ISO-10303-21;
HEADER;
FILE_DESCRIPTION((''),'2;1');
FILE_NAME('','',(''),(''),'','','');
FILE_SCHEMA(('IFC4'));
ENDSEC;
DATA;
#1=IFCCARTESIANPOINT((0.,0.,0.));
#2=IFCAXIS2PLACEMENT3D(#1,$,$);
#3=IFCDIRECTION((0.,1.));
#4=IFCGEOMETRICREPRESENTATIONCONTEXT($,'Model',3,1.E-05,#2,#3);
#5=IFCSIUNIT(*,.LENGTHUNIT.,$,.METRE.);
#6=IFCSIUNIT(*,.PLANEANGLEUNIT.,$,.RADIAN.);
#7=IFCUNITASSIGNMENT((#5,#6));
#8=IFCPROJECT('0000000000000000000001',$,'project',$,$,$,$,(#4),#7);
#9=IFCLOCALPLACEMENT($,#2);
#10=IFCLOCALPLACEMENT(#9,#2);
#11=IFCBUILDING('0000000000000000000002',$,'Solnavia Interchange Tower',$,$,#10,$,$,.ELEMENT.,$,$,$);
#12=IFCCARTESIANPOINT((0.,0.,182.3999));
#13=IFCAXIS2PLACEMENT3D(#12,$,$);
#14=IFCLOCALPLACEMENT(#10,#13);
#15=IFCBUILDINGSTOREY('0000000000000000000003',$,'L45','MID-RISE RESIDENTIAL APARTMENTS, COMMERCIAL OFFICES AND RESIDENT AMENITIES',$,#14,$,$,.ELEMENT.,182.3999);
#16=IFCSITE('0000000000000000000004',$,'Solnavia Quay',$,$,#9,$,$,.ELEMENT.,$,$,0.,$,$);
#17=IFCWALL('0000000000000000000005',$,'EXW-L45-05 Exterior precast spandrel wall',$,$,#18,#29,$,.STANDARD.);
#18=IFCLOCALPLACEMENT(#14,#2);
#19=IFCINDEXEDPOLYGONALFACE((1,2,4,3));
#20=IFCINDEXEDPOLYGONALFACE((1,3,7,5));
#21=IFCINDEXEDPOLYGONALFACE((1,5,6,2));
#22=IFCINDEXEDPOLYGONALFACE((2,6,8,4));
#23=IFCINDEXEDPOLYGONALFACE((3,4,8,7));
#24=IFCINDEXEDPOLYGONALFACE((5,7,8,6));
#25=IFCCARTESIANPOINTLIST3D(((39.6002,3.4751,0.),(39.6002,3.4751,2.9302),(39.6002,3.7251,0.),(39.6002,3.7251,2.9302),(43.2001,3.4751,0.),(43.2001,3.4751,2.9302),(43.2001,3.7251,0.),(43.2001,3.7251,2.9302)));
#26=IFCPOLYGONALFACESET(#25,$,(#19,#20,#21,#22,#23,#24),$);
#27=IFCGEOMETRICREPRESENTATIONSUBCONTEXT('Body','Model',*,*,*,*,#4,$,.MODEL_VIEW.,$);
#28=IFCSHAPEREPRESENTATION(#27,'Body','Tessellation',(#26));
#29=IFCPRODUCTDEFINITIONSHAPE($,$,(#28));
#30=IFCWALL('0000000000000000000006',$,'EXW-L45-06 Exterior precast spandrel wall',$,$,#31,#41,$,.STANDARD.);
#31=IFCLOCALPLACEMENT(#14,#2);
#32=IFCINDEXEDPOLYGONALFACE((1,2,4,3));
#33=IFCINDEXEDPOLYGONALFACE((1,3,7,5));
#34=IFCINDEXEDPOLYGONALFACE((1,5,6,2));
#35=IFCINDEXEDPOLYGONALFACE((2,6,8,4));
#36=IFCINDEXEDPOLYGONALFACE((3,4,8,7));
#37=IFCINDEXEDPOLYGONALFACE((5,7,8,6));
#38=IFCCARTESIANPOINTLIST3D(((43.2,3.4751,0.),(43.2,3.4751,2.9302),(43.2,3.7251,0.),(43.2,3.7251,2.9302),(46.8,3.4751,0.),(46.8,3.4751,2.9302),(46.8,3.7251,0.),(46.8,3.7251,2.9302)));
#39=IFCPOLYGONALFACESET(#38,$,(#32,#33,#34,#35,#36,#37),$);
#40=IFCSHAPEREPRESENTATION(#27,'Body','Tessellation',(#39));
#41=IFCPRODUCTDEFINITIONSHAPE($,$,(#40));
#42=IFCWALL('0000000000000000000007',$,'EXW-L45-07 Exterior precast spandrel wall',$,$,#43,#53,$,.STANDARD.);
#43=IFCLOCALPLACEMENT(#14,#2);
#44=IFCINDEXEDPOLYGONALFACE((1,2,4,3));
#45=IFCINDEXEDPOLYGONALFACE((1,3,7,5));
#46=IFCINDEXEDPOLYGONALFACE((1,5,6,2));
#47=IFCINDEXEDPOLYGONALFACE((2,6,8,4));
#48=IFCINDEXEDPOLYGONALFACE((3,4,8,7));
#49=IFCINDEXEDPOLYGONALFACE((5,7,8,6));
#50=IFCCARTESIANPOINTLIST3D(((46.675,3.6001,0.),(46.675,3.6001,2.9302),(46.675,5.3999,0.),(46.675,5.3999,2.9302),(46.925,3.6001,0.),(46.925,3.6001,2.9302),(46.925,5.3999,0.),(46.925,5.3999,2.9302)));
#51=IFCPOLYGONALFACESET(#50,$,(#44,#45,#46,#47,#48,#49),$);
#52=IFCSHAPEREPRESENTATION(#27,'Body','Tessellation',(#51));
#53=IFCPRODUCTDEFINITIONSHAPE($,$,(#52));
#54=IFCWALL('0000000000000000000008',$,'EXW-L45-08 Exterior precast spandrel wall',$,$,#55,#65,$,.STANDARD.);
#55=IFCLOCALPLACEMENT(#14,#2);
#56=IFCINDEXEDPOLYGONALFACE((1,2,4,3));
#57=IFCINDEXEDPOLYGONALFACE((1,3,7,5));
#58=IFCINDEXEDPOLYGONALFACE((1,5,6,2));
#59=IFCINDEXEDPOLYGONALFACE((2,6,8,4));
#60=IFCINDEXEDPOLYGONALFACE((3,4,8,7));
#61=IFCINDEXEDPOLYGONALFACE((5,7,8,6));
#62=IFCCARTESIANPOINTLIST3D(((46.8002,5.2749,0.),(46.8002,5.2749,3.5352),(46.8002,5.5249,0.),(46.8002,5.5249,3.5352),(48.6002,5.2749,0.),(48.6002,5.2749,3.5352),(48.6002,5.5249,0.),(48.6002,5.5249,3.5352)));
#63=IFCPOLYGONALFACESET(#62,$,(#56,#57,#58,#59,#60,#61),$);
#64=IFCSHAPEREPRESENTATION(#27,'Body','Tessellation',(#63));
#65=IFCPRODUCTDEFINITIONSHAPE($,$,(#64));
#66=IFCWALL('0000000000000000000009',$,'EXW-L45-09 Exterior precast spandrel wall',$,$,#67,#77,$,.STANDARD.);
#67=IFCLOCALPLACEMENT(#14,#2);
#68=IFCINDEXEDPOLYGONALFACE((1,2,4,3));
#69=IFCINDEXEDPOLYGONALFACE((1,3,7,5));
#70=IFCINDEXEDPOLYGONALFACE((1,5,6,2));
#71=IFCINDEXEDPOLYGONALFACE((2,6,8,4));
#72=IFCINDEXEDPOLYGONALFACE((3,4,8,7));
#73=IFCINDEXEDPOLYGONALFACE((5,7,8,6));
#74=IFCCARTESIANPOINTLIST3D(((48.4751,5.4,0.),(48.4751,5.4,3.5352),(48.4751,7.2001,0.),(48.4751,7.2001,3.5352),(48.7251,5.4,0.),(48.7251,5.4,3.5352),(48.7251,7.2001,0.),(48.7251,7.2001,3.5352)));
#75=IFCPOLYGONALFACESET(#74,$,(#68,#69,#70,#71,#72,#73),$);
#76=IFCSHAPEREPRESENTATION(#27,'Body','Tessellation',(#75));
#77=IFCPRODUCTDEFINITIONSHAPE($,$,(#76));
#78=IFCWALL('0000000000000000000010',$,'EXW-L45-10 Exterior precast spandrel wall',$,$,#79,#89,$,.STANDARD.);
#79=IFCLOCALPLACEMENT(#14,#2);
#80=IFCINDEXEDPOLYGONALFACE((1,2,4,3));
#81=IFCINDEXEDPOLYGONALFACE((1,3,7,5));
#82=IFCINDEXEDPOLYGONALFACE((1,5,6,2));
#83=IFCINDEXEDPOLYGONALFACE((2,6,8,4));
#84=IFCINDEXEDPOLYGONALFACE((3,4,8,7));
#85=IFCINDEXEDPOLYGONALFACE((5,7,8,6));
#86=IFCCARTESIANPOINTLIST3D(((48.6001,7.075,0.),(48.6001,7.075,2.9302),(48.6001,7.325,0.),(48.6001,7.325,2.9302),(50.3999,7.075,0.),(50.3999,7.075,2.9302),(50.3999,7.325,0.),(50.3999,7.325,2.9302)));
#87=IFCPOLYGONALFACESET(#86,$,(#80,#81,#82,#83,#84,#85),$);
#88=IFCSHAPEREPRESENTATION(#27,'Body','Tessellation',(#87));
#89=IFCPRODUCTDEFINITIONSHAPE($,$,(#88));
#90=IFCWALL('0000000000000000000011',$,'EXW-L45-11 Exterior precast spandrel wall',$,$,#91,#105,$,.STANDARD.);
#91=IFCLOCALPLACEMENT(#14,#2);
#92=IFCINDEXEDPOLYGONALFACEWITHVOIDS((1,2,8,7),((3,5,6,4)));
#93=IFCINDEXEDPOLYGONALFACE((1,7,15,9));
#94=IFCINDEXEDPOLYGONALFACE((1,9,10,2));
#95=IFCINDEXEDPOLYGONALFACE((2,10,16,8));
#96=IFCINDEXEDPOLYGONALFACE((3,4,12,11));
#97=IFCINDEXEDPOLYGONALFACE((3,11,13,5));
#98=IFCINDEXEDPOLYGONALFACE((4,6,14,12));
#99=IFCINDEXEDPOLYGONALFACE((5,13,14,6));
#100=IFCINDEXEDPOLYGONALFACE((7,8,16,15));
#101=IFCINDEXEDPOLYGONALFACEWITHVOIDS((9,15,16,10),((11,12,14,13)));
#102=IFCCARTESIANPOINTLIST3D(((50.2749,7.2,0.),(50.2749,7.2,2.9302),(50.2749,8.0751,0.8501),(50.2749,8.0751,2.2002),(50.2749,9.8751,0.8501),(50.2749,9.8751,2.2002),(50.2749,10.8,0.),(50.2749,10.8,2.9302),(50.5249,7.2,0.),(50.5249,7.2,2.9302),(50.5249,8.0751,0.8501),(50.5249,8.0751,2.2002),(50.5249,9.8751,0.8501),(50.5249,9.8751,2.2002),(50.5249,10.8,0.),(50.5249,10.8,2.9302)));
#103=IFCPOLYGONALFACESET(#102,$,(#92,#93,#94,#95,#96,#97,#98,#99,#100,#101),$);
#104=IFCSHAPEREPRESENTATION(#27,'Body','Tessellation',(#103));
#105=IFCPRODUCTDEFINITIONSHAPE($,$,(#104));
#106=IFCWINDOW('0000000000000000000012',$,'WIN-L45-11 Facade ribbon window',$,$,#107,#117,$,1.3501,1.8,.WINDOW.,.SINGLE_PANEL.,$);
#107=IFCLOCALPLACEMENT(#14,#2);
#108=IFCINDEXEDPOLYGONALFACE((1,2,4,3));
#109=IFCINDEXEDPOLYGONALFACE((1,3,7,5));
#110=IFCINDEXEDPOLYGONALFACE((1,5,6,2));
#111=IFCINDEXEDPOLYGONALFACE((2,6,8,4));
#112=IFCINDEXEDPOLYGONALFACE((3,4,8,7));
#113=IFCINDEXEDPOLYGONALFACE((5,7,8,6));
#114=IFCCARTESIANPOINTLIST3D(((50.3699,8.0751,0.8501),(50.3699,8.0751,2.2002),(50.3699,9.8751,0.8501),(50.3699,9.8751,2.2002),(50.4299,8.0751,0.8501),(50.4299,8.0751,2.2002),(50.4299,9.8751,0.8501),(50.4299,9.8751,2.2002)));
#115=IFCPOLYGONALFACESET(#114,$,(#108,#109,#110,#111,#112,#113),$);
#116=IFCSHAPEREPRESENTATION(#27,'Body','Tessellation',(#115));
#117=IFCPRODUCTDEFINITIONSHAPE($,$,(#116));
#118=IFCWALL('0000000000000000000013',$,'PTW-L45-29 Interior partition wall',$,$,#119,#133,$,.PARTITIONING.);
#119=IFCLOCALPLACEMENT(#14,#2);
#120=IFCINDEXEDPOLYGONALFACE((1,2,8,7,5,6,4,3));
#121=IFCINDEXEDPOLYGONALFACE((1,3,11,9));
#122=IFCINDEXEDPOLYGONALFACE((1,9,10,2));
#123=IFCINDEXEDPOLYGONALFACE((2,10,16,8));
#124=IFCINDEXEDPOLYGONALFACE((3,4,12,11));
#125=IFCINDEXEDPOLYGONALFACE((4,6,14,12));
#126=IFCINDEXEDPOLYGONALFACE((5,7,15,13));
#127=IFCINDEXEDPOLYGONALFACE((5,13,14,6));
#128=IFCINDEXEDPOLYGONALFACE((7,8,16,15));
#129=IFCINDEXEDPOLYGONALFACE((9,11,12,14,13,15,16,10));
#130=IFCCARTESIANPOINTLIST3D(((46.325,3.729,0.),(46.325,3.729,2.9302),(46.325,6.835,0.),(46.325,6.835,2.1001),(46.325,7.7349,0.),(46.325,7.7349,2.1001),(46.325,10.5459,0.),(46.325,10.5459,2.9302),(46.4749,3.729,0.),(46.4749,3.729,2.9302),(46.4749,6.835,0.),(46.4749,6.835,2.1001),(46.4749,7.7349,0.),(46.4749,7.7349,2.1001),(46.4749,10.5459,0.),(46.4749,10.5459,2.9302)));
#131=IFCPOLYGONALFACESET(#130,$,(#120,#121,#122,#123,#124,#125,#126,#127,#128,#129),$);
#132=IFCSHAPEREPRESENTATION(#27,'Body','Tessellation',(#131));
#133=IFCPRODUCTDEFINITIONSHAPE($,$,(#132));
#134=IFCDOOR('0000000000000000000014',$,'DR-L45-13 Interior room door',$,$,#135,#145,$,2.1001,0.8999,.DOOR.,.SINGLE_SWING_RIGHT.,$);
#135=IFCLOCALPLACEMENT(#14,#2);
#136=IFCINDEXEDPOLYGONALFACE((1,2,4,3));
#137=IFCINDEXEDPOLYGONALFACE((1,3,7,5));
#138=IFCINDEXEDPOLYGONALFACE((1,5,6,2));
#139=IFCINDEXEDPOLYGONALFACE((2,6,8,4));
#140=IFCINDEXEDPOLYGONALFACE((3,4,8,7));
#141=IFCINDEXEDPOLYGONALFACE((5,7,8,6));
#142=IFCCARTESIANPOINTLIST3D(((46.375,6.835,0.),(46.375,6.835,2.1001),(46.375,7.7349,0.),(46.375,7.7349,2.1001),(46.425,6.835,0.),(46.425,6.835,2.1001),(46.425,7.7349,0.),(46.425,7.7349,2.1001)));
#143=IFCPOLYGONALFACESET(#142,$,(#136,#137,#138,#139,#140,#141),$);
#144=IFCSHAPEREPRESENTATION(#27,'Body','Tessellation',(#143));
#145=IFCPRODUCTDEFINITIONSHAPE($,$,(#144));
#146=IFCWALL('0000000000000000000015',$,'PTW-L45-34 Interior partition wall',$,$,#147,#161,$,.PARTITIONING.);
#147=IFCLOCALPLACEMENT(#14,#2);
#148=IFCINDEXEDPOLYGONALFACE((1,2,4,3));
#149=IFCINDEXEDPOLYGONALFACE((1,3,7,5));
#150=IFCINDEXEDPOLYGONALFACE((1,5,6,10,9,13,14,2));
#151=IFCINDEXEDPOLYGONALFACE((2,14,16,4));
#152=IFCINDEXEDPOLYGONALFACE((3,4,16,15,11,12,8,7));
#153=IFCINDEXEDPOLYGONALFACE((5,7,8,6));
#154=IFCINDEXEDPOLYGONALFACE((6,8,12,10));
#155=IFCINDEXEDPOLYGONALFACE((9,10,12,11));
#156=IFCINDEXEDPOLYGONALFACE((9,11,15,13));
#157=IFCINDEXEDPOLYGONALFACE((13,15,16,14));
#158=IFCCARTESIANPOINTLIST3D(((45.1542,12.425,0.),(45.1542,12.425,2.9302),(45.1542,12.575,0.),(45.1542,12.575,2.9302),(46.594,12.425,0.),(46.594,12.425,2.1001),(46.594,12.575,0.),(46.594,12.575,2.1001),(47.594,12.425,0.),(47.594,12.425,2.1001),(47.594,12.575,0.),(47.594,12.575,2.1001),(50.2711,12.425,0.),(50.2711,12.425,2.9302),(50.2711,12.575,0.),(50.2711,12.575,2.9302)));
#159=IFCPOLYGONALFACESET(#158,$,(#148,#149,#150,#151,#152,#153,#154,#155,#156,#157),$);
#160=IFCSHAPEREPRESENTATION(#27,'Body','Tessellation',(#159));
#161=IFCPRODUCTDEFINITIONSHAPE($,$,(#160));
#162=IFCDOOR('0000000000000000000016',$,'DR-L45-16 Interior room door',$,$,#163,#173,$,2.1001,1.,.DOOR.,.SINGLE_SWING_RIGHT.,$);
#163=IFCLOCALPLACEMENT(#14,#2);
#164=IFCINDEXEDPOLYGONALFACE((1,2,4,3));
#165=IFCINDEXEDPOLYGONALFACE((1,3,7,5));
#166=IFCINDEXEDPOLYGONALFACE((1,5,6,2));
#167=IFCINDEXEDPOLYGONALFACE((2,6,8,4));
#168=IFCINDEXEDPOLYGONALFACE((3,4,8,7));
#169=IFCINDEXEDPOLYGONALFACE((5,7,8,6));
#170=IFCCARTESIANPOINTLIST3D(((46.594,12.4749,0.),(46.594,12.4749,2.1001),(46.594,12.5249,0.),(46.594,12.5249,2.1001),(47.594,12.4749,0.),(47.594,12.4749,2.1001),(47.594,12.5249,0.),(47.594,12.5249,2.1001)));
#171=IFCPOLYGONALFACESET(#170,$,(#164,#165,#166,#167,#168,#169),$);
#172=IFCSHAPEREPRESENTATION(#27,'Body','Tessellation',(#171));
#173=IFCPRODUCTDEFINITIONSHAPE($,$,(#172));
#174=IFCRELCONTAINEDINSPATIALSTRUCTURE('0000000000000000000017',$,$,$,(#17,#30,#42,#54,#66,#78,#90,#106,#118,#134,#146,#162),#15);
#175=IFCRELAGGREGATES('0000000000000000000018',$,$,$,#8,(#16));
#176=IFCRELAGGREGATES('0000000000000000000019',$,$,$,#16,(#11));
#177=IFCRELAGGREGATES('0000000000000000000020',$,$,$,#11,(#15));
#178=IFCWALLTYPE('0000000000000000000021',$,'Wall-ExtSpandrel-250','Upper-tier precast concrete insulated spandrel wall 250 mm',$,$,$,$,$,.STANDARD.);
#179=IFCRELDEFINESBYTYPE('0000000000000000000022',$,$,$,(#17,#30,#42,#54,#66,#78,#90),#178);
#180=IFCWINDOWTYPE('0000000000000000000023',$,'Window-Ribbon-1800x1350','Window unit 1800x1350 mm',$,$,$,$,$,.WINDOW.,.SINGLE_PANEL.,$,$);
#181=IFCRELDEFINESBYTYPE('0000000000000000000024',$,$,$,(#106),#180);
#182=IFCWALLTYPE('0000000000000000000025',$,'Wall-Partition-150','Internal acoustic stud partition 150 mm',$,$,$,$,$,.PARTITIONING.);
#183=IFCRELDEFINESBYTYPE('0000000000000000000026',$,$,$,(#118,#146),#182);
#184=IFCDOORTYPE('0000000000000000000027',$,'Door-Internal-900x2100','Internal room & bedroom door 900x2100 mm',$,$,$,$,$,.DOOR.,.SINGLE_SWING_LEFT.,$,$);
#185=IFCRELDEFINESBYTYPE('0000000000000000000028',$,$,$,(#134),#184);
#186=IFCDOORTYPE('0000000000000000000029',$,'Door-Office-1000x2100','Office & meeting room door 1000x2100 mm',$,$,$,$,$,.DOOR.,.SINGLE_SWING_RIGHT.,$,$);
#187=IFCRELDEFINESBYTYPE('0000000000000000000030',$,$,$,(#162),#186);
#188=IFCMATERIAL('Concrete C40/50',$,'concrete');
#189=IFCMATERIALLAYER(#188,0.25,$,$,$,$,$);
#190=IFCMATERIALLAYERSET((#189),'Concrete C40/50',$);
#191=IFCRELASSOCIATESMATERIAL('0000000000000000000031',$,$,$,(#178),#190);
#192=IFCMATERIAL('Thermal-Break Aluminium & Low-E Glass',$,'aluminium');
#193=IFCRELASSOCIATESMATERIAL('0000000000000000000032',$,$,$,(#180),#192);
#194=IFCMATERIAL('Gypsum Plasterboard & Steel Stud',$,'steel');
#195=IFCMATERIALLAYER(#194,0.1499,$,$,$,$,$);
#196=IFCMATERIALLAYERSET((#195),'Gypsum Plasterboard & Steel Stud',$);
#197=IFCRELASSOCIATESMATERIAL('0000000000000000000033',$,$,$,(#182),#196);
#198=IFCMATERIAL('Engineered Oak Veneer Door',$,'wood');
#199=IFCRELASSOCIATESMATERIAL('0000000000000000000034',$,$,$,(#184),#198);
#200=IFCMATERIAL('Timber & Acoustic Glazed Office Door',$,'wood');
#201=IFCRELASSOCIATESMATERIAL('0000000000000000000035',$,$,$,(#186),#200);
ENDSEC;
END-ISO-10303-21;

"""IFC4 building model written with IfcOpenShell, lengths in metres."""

from ifc_helpers import new_model, si_unit, direction, frame, frame_2d, origin, place, context, subcontext, project, spatial, rectangle, extrude, material, layer, layer_set, type_object, element, fill, save


model = new_model("IFC4")

# Units and contexts
model_context = context("Model", 3, precision=1e-05, world=origin(), true_north=direction((0.0, 1.0)))
body_context = subcontext(model_context, "Body", "Model", "MODEL_VIEW")
ifc_project = project(units=[si_unit("LENGTHUNIT", "METRE"), si_unit("PLANEANGLEUNIT", "RADIAN")], contexts=[model_context])

# Site, building, storey
site_placement = place(None, origin())
site = spatial("IfcSite", under=ifc_project, at=site_placement, Name="Solnavia Quay", CompositionType="ELEMENT", RefElevation=0.0)
building_placement = place(site_placement, origin())
building = spatial("IfcBuilding", under=site, at=building_placement, Name="Solnavia Interchange Tower", CompositionType="ELEMENT")
storey_placement = place(building_placement, frame((0.0, 0.0, 182.3999)))
storey = spatial("IfcBuildingStorey", under=building, at=storey_placement, Name="L45", Description="MID-RISE RESIDENTIAL APARTMENTS, COMMERCIAL OFFICES AND RESIDENT AMENITIES", CompositionType="ELEMENT", Elevation=182.3999)

# Walls
ifc_material_1 = material(Name="Concrete C40/50", Category="concrete")
ifc_layer_1 = layer(ifc_material_1, 0.25)
ifc_layer_set_1 = layer_set([ifc_layer_1], Name="Concrete C40/50")
wall_type_1 = type_object("IfcWallType", Name="Wall-ExtSpandrel-250", Description="Upper-tier precast concrete insulated spandrel wall 250 mm", PredefinedType="STANDARD", material=ifc_layer_set_1)
wall_1_placement = place(storey_placement, frame((43.2, 3.6001, 0.0), z_axis=(0.0, 0.0, 1.0), x_axis=(-1.0, 0.0, 0.0)))
element("IfcWall", 1, at=wall_1_placement, inside=storey, type_object=wall_type_1, Name="EXW-L45-05 Exterior precast spandrel wall", PredefinedType="STANDARD", context=body_context, shape_type="SweptSolid", body=[
    extrude(rectangle(XDim=3.5999, YDim=0.25, at=frame_2d((1.7998, 0.0))), origin(), (0.0, 0.0, 1.0), 2.9302),
])
wall_2_placement = place(storey_placement, frame((46.8, 3.6001, 0.0), z_axis=(0.0, 0.0, 1.0), x_axis=(-1.0, 0.0, 0.0)))
element("IfcWall", 2, at=wall_2_placement, inside=storey, type_object=wall_type_1, Name="EXW-L45-06 Exterior precast spandrel wall", PredefinedType="STANDARD", context=body_context, shape_type="SweptSolid", body=[
    extrude(rectangle(XDim=3.6001, YDim=0.25, at=frame_2d((1.8, 0.0))), origin(), (0.0, 0.0, 1.0), 2.9302),
])
wall_3_placement = place(storey_placement, frame((46.8, 5.3999, 0.0), z_axis=(0.0, 0.0, 1.0), x_axis=(0.0, -1.0, 0.0)))
element("IfcWall", 3, at=wall_3_placement, inside=storey, type_object=wall_type_1, Name="EXW-L45-07 Exterior precast spandrel wall", PredefinedType="STANDARD", context=body_context, shape_type="SweptSolid", body=[
    extrude(rectangle(XDim=1.7998, YDim=0.25, at=frame_2d((0.8999, 0.0))), origin(), (0.0, 0.0, 1.0), 2.9302),
])
for number, where, z_axis, x_axis, name in (
    (4, (48.6001, 5.3999, 0.0), (0.0, 0.0, 1.0), (-1.0, 0.0, 0.0), "EXW-L45-08 Exterior precast spandrel wall"),
    (5, (48.6001, 7.2, 0.0), (0.0, 0.0, 1.0), (0.0, -1.0, 0.0), "EXW-L45-09 Exterior precast spandrel wall"),
):
    element("IfcWall", number, at=place(storey_placement, frame(where, z_axis=z_axis, x_axis=x_axis)), inside=storey, type_object=wall_type_1, Name=name, PredefinedType="STANDARD", context=body_context, shape_type="SweptSolid", body=[
        extrude(rectangle(XDim=1.8, YDim=0.25, at=frame_2d((0.8999, 0.0))), origin(), (0.0, 0.0, 1.0), 3.5352),
    ])
wall_4_placement = place(storey_placement, frame((50.3999, 7.2, 0.0), z_axis=(0.0, 0.0, 1.0), x_axis=(-1.0, 0.0, 0.0)))
element("IfcWall", 6, at=wall_4_placement, inside=storey, type_object=wall_type_1, Name="EXW-L45-10 Exterior precast spandrel wall", PredefinedType="STANDARD", context=body_context, shape_type="SweptSolid", body=[
    extrude(rectangle(XDim=1.7998, YDim=0.25, at=frame_2d((0.8999, 0.0))), origin(), (0.0, 0.0, 1.0), 2.9302),
])

# Wall, opening, window
wall_5_placement = place(storey_placement, frame((50.3999, 10.8, 0.0), z_axis=(0.0, 0.0, 1.0), x_axis=(0.0, -1.0, 0.0)))
wall_5 = element("IfcWall", 7, at=wall_5_placement, inside=storey, type_object=wall_type_1, Name="EXW-L45-11 Exterior precast spandrel wall", PredefinedType="STANDARD", context=body_context, shape_type="SweptSolid", body=[
    extrude(rectangle(XDim=3.6001, YDim=0.25, at=frame_2d((1.8, 0.0))), origin(), (0.0, 0.0, 1.0), 2.9302),
])
opening_1_placement = place(wall_5_placement, frame((0.925, 0.0, 0.8501)))
opening_1 = element("IfcOpeningElement", 8, at=opening_1_placement, cuts=wall_5, PredefinedType="OPENING", context=body_context, shape_type="SweptSolid", body=[
    extrude(rectangle(XDim=1.8, YDim=1.3501, at=frame_2d((0.8999, 0.675))), frame((0.0, 0.135, 0.0), z_axis=(0.0, -1.0, 0.0), x_axis=(1.0, 0.0, 0.0)), (0.0, 0.0, 1.0), 0.27),
])
ifc_material_2 = material(Name="Thermal-Break Aluminium & Low-E Glass", Category="aluminium")
window_type = type_object("IfcWindowType", Name="Window-Ribbon-1800x1350", Description="Window unit 1800x1350 mm", PartitioningType="SINGLE_PANEL", PredefinedType="WINDOW", material=ifc_material_2)
window_placement = place(opening_1_placement, origin())
window = element("IfcWindow", 9, at=window_placement, inside=storey, type_object=window_type, Name="WIN-L45-11 Facade ribbon window", OverallHeight=1.3501, OverallWidth=1.8, PartitioningType="SINGLE_PANEL", PredefinedType="WINDOW", context=body_context, shape_type="SweptSolid", body=[
    extrude(rectangle(XDim=1.8, YDim=1.3501, at=frame_2d((0.8999, 0.675))), frame((0.0, 0.03, 0.0), z_axis=(0.0, -1.0, 0.0), x_axis=(1.0, 0.0, 0.0)), (0.0, 0.0, 1.0), 0.0601),
])
fill(opening_1, window)

# Walls, openings, doors
ifc_material_3 = material(Name="Gypsum Plasterboard & Steel Stud", Category="steel")
ifc_layer_2 = layer(ifc_material_3, 0.1499)
ifc_layer_set_2 = layer_set([ifc_layer_2], Name="Gypsum Plasterboard & Steel Stud")
wall_type_2 = type_object("IfcWallType", Name="Wall-Partition-150", Description="Internal acoustic stud partition 150 mm", PredefinedType="PARTITIONING", material=ifc_layer_set_2)
wall_6_placement = place(storey_placement, frame((46.3999, 3.729, 0.0), z_axis=(0.0, 0.0, 1.0), x_axis=(0.0, 1.0, 0.0)))
wall_6 = element("IfcWall", 10, at=wall_6_placement, inside=storey, type_object=wall_type_2, Name="PTW-L45-29 Interior partition wall", PredefinedType="PARTITIONING", context=body_context, shape_type="SweptSolid", body=[
    extrude(rectangle(XDim=6.8169, YDim=0.1499, at=frame_2d((3.4084, 0.0))), origin(), (0.0, 0.0, 1.0), 2.9302),
])
opening_2_placement = place(wall_6_placement, frame((3.106, 0.0, 0.0)))
opening_2 = element("IfcOpeningElement", 11, at=opening_2_placement, cuts=wall_6, PredefinedType="OPENING", context=body_context, shape_type="SweptSolid", body=[
    extrude(rectangle(XDim=0.8999, YDim=2.1001, at=frame_2d((0.45, 1.05))), frame((0.0, 0.085, 0.0), z_axis=(0.0, -1.0, 0.0), x_axis=(1.0, 0.0, 0.0)), (0.0, 0.0, 1.0), 0.1699),
])
ifc_material_4 = material(Name="Engineered Oak Veneer Door", Category="wood")
door_type_1 = type_object("IfcDoorType", Name="Door-Internal-900x2100", Description="Internal room & bedroom door 900x2100 mm", OperationType="SINGLE_SWING_LEFT", PredefinedType="DOOR", material=ifc_material_4)
door_1_placement = place(opening_2_placement, origin())
door_1 = element("IfcDoor", 12, at=door_1_placement, inside=storey, type_object=door_type_1, Name="DR-L45-13 Interior room door", OperationType="SINGLE_SWING_RIGHT", OverallHeight=2.1001, OverallWidth=0.8999, PredefinedType="DOOR", context=body_context, shape_type="SweptSolid", body=[
    extrude(rectangle(XDim=0.8999, YDim=2.1001, at=frame_2d((0.45, 1.05))), frame((0.0, 0.0249, 0.0), z_axis=(0.0, -1.0, 0.0), x_axis=(1.0, 0.0, 0.0)), (0.0, 0.0, 1.0), 0.05),
])
fill(opening_2, door_1)
wall_7_placement = place(storey_placement, frame((45.1541, 12.5, 0.0), z_axis=(0.0, 0.0, 1.0), x_axis=(1.0, 0.0, 0.0)))
wall_7 = element("IfcWall", 13, at=wall_7_placement, inside=storey, type_object=wall_type_2, Name="PTW-L45-34 Interior partition wall", PredefinedType="PARTITIONING", context=body_context, shape_type="SweptSolid", body=[
    extrude(rectangle(XDim=5.1169, YDim=0.1499, at=frame_2d((2.5586, 0.0))), origin(), (0.0, 0.0, 1.0), 2.9302),
])
opening_3_placement = place(wall_7_placement, frame((1.4399, 0.0, 0.0)))
opening_3 = element("IfcOpeningElement", 14, at=opening_3_placement, cuts=wall_7, PredefinedType="OPENING", context=body_context, shape_type="SweptSolid", body=[
    extrude(rectangle(XDim=1.0, YDim=2.1001, at=frame_2d((0.5, 1.05))), frame((0.0, 0.085, 0.0), z_axis=(0.0, -1.0, 0.0), x_axis=(1.0, 0.0, 0.0)), (0.0, 0.0, 1.0), 0.1699),
])
ifc_material_5 = material(Name="Timber & Acoustic Glazed Office Door", Category="wood")
door_type_2 = type_object("IfcDoorType", Name="Door-Office-1000x2100", Description="Office & meeting room door 1000x2100 mm", OperationType="SINGLE_SWING_RIGHT", PredefinedType="DOOR", material=ifc_material_5)
door_2_placement = place(opening_3_placement, origin())
door_2 = element("IfcDoor", 15, at=door_2_placement, inside=storey, type_object=door_type_2, Name="DR-L45-16 Interior room door", OperationType="SINGLE_SWING_RIGHT", OverallHeight=2.1001, OverallWidth=1.0, PredefinedType="DOOR", context=body_context, shape_type="SweptSolid", body=[
    extrude(rectangle(XDim=1.0, YDim=2.1001, at=frame_2d((0.5, 1.05))), frame((0.0, 0.0249, 0.0), z_axis=(0.0, -1.0, 0.0), x_axis=(1.0, 0.0, 0.0)), (0.0, 0.0, 1.0), 0.05),
])
fill(opening_3, door_2)

save(model, "model.ifc")
